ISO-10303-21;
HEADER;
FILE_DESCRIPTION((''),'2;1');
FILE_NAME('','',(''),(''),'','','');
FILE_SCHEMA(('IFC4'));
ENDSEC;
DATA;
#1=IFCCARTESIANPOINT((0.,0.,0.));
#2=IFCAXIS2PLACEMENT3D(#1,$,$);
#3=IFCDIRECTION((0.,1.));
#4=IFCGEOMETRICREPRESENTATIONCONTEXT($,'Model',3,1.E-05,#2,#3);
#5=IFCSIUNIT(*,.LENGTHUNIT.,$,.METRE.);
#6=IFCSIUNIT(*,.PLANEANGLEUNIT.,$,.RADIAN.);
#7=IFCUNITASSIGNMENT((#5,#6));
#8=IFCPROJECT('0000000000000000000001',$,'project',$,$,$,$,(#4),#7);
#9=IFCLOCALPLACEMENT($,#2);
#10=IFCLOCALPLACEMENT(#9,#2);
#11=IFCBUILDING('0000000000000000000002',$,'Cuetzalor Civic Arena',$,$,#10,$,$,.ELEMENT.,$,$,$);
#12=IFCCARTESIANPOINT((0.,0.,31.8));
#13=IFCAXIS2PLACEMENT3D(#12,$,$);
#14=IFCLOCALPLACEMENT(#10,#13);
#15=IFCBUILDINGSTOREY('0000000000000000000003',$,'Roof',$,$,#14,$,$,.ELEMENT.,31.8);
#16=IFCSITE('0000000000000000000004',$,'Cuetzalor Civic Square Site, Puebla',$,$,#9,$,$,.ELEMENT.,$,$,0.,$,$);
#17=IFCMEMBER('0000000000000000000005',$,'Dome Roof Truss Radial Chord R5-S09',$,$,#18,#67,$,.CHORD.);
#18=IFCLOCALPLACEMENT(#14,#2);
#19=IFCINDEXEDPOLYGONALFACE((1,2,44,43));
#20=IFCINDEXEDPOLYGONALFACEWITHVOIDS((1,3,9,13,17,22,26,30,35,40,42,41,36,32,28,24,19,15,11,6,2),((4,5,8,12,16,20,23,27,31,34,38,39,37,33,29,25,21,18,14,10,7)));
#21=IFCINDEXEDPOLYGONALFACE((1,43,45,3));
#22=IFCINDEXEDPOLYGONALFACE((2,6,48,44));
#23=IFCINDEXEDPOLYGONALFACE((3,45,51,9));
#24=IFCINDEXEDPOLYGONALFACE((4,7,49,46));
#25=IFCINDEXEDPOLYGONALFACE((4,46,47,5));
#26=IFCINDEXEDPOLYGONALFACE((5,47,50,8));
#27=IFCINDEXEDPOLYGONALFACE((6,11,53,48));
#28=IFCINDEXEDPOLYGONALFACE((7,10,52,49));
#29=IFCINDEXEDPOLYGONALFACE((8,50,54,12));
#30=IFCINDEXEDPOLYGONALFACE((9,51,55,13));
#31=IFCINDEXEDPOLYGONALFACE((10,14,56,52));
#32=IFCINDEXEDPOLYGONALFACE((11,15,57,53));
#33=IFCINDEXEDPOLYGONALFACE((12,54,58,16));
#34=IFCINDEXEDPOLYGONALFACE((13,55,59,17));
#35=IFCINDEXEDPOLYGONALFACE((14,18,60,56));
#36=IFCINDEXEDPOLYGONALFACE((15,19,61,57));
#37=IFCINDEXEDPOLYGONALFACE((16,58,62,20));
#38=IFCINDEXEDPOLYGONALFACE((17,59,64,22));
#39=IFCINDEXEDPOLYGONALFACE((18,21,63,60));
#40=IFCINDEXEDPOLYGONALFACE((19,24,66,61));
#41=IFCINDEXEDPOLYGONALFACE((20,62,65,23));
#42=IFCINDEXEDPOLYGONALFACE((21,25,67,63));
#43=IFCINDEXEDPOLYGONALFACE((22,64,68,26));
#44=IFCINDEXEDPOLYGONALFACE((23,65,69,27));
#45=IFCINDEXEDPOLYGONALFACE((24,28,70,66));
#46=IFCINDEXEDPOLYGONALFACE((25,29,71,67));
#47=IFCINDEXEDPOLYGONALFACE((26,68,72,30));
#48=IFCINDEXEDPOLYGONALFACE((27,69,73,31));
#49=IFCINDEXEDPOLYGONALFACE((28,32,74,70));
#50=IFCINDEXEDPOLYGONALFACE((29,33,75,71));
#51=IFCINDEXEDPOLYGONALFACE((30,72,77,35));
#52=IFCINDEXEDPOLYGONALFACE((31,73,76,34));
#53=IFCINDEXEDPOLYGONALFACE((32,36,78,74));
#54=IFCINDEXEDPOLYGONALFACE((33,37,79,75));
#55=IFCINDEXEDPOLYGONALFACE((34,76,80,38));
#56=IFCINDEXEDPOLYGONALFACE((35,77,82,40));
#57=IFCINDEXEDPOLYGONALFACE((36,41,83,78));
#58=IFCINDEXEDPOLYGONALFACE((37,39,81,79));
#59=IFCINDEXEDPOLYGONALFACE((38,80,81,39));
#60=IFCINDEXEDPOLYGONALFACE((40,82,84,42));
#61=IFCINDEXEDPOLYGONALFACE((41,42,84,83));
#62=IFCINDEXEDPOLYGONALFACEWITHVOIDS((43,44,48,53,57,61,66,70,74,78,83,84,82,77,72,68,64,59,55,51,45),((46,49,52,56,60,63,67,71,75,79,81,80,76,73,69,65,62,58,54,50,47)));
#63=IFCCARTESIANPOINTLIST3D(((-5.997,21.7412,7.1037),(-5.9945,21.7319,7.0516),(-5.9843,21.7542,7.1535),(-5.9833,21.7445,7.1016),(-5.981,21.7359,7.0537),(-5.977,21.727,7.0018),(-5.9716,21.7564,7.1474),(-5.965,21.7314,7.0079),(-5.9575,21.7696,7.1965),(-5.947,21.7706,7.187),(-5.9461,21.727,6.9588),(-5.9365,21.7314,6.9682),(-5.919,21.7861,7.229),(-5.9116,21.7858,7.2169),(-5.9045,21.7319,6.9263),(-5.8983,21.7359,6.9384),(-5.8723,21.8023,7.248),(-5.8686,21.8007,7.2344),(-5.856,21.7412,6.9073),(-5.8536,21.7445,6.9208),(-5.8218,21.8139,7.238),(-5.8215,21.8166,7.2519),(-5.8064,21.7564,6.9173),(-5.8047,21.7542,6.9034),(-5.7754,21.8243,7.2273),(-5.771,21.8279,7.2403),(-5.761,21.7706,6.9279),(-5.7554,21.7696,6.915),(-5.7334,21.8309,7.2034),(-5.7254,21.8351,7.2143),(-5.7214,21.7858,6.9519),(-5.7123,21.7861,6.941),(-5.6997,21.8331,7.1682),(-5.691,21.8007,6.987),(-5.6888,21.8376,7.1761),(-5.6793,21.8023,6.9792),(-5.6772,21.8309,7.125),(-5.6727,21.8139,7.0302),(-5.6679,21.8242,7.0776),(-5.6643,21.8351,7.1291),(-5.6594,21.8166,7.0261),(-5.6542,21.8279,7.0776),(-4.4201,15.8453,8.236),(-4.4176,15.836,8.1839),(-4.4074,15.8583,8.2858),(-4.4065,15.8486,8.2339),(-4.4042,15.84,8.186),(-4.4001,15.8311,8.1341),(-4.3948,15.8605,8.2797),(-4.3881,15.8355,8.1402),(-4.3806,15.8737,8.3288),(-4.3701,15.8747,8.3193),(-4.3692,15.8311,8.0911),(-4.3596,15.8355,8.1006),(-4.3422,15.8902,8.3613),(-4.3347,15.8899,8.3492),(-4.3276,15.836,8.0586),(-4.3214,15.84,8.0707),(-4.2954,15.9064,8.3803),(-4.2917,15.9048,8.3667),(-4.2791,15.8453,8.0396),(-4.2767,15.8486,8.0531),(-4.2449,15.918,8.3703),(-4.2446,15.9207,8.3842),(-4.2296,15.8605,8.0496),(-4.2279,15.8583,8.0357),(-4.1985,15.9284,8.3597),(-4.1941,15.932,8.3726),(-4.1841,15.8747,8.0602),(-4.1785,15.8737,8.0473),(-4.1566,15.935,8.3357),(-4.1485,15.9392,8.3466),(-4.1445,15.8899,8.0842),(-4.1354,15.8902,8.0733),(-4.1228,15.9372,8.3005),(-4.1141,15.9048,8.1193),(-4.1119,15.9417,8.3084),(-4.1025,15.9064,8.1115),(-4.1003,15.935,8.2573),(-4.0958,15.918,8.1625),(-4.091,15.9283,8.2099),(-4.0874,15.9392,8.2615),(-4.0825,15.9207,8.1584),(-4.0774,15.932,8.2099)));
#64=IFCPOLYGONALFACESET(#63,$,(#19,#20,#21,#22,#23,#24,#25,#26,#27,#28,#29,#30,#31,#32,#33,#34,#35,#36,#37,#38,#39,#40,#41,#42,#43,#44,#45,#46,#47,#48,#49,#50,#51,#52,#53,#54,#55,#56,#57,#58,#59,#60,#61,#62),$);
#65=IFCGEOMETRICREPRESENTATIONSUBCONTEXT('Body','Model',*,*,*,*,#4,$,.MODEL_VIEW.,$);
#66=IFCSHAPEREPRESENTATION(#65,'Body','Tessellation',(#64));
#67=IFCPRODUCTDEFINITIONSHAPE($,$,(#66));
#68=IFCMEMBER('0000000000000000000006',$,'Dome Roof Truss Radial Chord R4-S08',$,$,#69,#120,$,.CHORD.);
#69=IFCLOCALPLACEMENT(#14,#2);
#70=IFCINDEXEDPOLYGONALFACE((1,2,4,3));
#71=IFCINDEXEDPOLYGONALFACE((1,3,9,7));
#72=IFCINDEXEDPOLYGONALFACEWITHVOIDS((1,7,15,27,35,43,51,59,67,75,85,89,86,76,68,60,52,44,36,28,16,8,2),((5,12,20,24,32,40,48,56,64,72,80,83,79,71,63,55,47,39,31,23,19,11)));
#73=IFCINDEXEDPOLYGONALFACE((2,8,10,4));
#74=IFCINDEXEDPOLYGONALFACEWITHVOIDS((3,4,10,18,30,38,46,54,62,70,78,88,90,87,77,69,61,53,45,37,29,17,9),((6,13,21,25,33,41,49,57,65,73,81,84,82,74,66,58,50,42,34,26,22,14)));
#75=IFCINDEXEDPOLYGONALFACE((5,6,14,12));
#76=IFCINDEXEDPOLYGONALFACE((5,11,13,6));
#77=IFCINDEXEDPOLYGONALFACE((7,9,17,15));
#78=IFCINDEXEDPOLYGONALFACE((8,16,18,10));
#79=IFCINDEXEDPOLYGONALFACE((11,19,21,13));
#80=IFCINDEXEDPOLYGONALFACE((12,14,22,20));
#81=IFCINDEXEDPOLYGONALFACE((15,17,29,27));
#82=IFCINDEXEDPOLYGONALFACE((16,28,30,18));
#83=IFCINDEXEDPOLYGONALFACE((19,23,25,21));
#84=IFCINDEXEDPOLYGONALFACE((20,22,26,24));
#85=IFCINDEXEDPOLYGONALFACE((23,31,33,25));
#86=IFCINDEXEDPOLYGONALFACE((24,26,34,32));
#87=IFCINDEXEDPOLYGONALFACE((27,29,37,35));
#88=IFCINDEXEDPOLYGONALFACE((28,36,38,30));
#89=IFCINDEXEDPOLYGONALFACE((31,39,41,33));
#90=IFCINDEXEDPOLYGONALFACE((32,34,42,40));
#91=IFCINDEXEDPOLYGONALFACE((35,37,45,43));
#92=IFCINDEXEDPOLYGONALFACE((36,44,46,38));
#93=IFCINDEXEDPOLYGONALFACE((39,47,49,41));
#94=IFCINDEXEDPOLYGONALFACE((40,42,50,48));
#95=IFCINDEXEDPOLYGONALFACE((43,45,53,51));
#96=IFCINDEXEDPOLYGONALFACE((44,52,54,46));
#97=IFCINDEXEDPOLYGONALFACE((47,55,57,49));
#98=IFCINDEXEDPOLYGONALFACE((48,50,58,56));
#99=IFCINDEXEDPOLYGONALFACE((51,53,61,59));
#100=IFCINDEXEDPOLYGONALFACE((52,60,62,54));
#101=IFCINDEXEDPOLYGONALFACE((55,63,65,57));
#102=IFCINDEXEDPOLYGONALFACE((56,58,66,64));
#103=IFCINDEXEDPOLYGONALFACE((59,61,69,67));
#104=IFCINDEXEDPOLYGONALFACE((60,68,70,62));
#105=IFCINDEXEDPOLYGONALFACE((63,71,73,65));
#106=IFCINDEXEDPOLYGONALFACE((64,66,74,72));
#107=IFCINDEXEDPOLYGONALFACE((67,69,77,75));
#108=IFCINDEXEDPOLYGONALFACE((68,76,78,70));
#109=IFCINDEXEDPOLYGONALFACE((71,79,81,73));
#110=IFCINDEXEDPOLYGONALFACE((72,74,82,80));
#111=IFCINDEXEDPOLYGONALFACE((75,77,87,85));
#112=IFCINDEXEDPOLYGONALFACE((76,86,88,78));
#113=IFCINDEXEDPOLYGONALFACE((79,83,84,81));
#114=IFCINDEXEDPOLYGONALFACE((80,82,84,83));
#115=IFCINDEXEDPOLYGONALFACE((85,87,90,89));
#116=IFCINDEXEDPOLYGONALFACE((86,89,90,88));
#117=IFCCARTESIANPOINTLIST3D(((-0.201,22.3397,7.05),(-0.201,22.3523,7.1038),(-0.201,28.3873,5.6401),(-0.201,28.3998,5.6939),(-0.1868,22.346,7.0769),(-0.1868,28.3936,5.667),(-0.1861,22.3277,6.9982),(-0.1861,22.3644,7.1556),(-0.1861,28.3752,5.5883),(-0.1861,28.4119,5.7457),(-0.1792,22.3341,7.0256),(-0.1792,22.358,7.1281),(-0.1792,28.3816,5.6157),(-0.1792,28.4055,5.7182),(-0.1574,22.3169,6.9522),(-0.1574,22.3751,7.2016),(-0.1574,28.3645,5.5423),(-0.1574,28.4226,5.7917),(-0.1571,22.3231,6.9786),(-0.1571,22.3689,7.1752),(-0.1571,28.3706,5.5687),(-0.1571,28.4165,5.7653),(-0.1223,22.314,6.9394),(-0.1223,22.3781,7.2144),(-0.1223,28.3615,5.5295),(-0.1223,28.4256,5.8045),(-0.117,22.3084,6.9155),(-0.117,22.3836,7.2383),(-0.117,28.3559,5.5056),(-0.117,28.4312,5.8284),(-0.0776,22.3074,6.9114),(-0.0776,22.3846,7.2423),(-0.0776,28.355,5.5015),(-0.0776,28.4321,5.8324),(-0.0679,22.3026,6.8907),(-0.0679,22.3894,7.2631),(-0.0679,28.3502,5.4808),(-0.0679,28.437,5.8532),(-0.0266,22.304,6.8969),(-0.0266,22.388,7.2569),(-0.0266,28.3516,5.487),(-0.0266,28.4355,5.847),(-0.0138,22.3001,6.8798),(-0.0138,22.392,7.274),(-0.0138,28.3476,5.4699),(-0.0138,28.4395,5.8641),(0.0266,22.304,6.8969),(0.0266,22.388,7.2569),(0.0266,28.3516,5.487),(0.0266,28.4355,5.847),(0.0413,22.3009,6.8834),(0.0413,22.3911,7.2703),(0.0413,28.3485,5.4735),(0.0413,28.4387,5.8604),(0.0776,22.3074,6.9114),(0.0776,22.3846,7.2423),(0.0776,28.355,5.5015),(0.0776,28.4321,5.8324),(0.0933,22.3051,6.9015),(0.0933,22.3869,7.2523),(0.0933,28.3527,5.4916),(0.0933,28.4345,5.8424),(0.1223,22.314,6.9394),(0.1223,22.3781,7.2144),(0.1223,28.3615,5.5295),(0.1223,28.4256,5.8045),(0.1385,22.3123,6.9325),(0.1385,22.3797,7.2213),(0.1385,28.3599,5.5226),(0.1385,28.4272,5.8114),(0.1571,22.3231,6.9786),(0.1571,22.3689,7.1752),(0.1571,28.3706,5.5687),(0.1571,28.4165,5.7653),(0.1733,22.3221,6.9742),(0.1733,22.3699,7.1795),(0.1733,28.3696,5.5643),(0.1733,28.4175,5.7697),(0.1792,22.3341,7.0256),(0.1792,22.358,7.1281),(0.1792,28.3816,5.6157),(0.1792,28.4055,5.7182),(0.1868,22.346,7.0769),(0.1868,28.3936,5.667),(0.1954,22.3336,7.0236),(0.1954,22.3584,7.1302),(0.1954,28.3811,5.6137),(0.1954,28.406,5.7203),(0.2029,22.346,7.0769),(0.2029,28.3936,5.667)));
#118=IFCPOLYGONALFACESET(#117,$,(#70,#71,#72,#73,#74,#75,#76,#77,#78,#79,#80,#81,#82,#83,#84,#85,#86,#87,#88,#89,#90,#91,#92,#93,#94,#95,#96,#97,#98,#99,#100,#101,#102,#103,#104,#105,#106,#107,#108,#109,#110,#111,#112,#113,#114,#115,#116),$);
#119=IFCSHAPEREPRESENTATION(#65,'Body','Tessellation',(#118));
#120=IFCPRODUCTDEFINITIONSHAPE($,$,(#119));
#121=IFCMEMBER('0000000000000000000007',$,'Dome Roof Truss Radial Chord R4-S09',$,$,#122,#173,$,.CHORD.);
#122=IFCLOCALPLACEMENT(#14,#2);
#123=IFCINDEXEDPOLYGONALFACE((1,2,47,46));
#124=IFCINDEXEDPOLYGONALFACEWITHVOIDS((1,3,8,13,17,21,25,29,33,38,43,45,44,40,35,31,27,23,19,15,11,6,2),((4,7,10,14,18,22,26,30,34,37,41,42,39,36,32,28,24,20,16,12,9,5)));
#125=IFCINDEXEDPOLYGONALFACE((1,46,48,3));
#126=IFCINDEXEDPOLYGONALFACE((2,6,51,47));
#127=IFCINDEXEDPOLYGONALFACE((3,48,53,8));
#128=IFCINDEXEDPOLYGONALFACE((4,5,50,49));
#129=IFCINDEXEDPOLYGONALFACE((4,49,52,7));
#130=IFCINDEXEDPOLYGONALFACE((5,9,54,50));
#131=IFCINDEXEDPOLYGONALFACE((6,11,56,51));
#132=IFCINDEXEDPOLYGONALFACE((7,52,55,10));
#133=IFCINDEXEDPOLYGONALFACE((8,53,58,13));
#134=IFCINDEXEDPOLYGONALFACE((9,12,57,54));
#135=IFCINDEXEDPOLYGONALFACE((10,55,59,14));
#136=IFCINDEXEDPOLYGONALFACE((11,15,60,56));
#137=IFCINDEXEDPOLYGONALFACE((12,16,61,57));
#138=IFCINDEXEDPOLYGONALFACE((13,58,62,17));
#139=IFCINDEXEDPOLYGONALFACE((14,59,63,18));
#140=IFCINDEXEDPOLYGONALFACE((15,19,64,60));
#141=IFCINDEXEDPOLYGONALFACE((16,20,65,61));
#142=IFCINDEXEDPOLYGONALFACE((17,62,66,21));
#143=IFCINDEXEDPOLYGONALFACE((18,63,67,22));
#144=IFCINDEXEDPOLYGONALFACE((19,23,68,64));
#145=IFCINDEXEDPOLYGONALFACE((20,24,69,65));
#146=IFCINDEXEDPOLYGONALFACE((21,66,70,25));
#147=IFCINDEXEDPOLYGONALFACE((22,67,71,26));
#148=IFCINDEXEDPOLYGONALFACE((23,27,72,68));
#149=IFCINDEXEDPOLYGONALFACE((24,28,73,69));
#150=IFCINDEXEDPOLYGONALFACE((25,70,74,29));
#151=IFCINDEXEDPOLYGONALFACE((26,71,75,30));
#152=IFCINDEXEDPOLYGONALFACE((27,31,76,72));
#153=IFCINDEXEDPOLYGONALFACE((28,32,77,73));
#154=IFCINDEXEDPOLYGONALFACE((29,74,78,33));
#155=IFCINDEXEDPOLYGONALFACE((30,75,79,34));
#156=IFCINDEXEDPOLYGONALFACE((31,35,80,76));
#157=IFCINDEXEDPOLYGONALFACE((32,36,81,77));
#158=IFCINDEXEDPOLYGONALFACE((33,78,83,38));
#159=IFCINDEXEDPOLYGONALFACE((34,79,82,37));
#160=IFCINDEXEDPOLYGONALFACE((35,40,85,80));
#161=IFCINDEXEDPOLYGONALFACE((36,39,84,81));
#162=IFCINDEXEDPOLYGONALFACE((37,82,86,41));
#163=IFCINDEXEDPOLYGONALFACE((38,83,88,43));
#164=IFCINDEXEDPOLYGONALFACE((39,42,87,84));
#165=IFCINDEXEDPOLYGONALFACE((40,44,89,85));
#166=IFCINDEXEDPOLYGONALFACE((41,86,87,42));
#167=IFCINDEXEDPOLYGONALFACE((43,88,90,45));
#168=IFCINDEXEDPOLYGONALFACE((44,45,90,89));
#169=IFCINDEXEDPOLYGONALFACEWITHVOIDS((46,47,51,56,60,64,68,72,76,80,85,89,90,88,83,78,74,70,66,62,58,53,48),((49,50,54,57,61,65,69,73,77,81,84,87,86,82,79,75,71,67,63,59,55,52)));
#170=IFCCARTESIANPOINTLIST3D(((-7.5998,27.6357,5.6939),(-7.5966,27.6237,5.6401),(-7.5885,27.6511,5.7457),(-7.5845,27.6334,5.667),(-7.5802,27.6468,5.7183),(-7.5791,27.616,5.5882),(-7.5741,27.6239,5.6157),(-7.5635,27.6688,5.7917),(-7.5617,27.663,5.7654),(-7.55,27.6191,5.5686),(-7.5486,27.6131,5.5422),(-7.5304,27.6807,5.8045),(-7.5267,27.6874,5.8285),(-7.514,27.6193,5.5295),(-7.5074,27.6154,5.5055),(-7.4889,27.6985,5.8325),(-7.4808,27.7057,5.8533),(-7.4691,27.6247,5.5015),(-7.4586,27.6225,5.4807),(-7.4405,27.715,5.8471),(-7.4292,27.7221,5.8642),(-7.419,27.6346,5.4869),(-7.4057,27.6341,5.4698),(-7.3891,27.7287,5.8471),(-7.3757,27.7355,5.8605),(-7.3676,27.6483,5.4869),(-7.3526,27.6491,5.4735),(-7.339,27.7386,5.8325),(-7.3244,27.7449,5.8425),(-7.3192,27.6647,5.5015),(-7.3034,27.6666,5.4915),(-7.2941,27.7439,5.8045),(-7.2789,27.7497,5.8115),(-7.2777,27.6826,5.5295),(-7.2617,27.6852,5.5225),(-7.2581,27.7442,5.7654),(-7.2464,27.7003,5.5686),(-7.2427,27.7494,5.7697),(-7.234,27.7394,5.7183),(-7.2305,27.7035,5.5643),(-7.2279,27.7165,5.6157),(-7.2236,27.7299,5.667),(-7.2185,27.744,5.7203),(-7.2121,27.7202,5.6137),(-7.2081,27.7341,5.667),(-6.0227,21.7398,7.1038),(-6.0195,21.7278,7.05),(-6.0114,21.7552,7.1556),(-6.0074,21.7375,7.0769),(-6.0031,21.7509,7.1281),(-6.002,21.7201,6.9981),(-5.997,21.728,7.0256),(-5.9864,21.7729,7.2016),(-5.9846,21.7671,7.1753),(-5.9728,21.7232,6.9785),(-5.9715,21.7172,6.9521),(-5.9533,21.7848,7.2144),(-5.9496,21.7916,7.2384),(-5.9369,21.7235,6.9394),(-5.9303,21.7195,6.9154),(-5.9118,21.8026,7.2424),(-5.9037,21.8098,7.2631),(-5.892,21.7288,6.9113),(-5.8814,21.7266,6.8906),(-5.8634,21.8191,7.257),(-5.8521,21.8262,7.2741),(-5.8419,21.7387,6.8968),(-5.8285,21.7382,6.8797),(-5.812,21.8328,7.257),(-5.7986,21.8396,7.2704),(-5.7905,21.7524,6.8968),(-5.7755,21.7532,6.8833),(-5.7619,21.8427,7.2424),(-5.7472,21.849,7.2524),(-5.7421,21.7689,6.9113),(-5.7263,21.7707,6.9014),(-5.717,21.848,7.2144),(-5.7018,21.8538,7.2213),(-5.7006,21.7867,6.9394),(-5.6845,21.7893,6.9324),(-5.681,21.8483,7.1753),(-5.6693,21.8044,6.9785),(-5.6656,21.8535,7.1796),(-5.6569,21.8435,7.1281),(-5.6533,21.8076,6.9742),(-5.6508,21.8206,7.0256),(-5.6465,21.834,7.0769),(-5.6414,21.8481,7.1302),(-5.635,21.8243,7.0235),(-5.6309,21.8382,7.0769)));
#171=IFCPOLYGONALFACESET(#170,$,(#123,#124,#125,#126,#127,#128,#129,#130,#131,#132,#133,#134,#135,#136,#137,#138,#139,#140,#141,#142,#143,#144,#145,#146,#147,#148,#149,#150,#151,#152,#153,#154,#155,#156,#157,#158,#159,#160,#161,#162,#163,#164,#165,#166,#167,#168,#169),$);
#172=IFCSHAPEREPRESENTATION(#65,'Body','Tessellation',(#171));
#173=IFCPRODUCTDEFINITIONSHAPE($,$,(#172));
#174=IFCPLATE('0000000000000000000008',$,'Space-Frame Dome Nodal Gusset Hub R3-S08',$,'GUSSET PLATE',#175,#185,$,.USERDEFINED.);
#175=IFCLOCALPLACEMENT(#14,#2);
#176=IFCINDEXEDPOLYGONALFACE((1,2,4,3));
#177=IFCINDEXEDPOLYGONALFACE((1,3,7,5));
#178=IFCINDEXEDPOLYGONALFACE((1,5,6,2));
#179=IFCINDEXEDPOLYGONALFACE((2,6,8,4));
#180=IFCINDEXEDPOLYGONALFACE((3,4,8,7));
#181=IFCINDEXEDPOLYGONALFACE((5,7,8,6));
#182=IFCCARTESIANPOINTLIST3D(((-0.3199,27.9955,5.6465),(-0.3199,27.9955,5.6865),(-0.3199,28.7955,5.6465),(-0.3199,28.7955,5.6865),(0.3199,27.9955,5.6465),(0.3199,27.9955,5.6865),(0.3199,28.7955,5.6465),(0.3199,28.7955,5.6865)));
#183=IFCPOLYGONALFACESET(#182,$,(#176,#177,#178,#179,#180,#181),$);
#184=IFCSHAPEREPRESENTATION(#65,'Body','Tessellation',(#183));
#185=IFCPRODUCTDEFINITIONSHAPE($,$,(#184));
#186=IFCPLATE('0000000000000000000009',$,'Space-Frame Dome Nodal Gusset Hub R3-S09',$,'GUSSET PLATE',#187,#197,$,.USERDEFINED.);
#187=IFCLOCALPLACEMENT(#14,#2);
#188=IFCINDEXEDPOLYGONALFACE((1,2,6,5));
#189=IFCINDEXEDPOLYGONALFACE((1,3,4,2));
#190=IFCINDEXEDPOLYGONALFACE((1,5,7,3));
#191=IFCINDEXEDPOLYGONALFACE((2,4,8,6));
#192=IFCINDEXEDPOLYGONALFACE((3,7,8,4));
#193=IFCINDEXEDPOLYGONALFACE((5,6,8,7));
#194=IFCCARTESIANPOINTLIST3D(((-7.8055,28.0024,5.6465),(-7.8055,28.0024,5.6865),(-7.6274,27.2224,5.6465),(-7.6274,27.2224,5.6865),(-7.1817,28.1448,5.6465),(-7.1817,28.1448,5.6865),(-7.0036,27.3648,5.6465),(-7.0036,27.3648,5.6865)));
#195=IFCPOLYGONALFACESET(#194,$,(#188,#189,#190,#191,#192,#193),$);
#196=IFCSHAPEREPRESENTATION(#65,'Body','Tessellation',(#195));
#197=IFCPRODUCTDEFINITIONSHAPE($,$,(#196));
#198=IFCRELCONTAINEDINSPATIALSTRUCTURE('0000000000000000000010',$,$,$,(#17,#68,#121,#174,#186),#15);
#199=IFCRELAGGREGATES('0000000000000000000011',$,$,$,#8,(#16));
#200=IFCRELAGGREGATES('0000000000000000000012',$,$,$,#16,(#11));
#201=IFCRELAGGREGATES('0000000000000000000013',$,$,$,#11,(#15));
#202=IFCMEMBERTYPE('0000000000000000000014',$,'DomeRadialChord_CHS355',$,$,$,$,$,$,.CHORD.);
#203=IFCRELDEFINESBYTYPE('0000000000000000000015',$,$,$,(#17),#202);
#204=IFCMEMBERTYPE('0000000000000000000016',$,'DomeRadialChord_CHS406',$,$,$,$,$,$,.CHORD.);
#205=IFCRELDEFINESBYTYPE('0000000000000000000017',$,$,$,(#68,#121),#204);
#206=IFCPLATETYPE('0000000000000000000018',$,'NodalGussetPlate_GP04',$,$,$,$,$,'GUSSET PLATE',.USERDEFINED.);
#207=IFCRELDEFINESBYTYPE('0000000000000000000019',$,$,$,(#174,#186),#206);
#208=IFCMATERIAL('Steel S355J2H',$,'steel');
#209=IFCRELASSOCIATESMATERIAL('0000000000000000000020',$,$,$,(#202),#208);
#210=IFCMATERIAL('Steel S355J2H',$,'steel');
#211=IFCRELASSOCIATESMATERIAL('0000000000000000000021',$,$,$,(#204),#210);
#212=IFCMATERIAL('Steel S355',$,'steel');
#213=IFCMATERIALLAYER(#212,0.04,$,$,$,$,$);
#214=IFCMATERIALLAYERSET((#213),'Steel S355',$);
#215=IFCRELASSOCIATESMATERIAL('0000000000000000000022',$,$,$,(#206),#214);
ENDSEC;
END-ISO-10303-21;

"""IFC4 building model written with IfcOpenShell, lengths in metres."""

from ifc_helpers import new_model, si_unit, direction, frame, origin, origin_2d, place, context, subcontext, project, spatial, rectangle, hollow_circle, extrude, material, layer, layer_set, material_profile, profile_set, type_object, element, save


model = new_model("IFC4")

# Units and contexts
model_context = context("Model", 3, precision=1e-05, world=origin(), true_north=direction((0.0, 1.0)))
body_context = subcontext(model_context, "Body", "Model", "MODEL_VIEW")
ifc_project = project(units=[si_unit("LENGTHUNIT", "METRE"), si_unit("PLANEANGLEUNIT", "RADIAN")], contexts=[model_context])

# Site, building, storey
site_placement = place(None, origin())
site = spatial("IfcSite", under=ifc_project, at=site_placement, Name="Cuetzalor Civic Square Site, Puebla", CompositionType="ELEMENT", RefElevation=0.0)
building_placement = place(site_placement, origin())
building = spatial("IfcBuilding", under=site, at=building_placement, Name="Cuetzalor Civic Arena", CompositionType="ELEMENT")
storey_placement = place(building_placement, frame((0.0, 0.0, 31.8)))
storey = spatial("IfcBuildingStorey", under=building, at=storey_placement, Name="Roof", CompositionType="ELEMENT", Elevation=31.8)

# Members
ifc_material_1 = material(Name="Steel S355J2H", Category="steel")
ifc_material_profile_1 = material_profile(ifc_material_1, hollow_circle(Radius=0.1777, WallThickness=0.0142, at=origin_2d()), Name="CHS 355.6x14.2")
ifc_profile_set_1 = profile_set([ifc_material_profile_1], Name="Steel S355J2H")
member_type_1 = type_object("IfcMemberType", Name="DomeRadialChord_CHS355", PredefinedType="CHORD", material=ifc_profile_set_1)
member_1_placement = place(storey_placement, frame((-5.8259, 21.782, 7.0776), z_axis=(0.254037, -0.949837, 0.182416), x_axis=(0.966045, 0.258372, 0.0)))
element("IfcMember", 1, at=member_1_placement, inside=storey, type_object=member_type_1, Name="Dome Roof Truss Radial Chord R5-S09", PredefinedType="CHORD", context=body_context, shape_type="SweptSolid", body=[
    extrude(hollow_circle(Radius=0.1777, WallThickness=0.0142, at=origin_2d()), origin(), (0.0, 0.0, 1.0), 6.2073),
])
ifc_material_2 = material(Name="Steel S355J2H", Category="steel")
ifc_material_profile_2 = material_profile(ifc_material_2, hollow_circle(Radius=0.2029, WallThickness=0.0161, at=origin_2d()), Name="CHS 406x16")
ifc_profile_set_2 = profile_set([ifc_material_profile_2], Name="Steel S355J2H")
member_type_2 = type_object("IfcMemberType", Name="DomeRadialChord_CHS406", PredefinedType="CHORD", material=ifc_profile_set_2)
member_2_placement = place(storey_placement, frame((0.0, 28.3936, 5.667), z_axis=(0.0, -0.973884, 0.227047), x_axis=(1.0, 0.0, 0.0)))
element("IfcMember", 2, at=member_2_placement, inside=storey, type_object=member_type_2, Name="Dome Roof Truss Radial Chord R4-S08", PredefinedType="CHORD", context=body_context, shape_type="SweptSolid", body=[
    extrude(hollow_circle(Radius=0.2029, WallThickness=0.0161, at=origin_2d()), origin(), (0.0, 0.0, 1.0), 6.2097),
])
member_3_placement = place(storey_placement, frame((-7.4041, 27.6816, 5.667), z_axis=(0.251779, -0.941247, 0.225081), x_axis=(0.966035, 0.258409, 0.0)))
element("IfcMember", 3, at=member_3_placement, inside=storey, type_object=member_type_2, Name="Dome Roof Truss Radial Chord R4-S09", PredefinedType="CHORD", context=body_context, shape_type="SweptSolid", body=[
    extrude(hollow_circle(Radius=0.2029, WallThickness=0.0161, at=origin_2d()), origin(), (0.0, 0.0, 1.0), 6.2639),
])

# Plates
ifc_material_3 = material(Name="Steel S355", Category="steel")
ifc_layer_1 = layer(ifc_material_3, 0.04)
ifc_layer_set_1 = layer_set([ifc_layer_1], Name="Steel S355")
plate_type_1 = type_object("IfcPlateType", Name="NodalGussetPlate_GP04", ElementType="GUSSET PLATE", PredefinedType="USERDEFINED", material=ifc_layer_set_1)
for number, where, z_axis, x_axis, name in (
    (4, (0.0, 28.3955, 5.6465), (0.0, 0.0, 1.0), (0.0, 1.0, 0.0), "Space-Frame Dome Nodal Gusset Hub R3-S08"),
    (5, (-7.4045, 27.6836, 5.6465), (0.0, 0.0, 1.0), (-0.22257, 0.974917, 0.0), "Space-Frame Dome Nodal Gusset Hub R3-S09"),
):
    element("IfcPlate", number, at=place(storey_placement, frame(where, z_axis=z_axis, x_axis=x_axis)), inside=storey, type_object=plate_type_1, Name=name, ObjectType="GUSSET PLATE", PredefinedType="USERDEFINED", context=body_context, shape_type="SweptSolid", body=[
        extrude(rectangle(XDim=0.8, YDim=0.6399, at=origin_2d()), origin(), (0.0, 0.0, 1.0), 0.04),
    ])

save(model, "model.ifc")
